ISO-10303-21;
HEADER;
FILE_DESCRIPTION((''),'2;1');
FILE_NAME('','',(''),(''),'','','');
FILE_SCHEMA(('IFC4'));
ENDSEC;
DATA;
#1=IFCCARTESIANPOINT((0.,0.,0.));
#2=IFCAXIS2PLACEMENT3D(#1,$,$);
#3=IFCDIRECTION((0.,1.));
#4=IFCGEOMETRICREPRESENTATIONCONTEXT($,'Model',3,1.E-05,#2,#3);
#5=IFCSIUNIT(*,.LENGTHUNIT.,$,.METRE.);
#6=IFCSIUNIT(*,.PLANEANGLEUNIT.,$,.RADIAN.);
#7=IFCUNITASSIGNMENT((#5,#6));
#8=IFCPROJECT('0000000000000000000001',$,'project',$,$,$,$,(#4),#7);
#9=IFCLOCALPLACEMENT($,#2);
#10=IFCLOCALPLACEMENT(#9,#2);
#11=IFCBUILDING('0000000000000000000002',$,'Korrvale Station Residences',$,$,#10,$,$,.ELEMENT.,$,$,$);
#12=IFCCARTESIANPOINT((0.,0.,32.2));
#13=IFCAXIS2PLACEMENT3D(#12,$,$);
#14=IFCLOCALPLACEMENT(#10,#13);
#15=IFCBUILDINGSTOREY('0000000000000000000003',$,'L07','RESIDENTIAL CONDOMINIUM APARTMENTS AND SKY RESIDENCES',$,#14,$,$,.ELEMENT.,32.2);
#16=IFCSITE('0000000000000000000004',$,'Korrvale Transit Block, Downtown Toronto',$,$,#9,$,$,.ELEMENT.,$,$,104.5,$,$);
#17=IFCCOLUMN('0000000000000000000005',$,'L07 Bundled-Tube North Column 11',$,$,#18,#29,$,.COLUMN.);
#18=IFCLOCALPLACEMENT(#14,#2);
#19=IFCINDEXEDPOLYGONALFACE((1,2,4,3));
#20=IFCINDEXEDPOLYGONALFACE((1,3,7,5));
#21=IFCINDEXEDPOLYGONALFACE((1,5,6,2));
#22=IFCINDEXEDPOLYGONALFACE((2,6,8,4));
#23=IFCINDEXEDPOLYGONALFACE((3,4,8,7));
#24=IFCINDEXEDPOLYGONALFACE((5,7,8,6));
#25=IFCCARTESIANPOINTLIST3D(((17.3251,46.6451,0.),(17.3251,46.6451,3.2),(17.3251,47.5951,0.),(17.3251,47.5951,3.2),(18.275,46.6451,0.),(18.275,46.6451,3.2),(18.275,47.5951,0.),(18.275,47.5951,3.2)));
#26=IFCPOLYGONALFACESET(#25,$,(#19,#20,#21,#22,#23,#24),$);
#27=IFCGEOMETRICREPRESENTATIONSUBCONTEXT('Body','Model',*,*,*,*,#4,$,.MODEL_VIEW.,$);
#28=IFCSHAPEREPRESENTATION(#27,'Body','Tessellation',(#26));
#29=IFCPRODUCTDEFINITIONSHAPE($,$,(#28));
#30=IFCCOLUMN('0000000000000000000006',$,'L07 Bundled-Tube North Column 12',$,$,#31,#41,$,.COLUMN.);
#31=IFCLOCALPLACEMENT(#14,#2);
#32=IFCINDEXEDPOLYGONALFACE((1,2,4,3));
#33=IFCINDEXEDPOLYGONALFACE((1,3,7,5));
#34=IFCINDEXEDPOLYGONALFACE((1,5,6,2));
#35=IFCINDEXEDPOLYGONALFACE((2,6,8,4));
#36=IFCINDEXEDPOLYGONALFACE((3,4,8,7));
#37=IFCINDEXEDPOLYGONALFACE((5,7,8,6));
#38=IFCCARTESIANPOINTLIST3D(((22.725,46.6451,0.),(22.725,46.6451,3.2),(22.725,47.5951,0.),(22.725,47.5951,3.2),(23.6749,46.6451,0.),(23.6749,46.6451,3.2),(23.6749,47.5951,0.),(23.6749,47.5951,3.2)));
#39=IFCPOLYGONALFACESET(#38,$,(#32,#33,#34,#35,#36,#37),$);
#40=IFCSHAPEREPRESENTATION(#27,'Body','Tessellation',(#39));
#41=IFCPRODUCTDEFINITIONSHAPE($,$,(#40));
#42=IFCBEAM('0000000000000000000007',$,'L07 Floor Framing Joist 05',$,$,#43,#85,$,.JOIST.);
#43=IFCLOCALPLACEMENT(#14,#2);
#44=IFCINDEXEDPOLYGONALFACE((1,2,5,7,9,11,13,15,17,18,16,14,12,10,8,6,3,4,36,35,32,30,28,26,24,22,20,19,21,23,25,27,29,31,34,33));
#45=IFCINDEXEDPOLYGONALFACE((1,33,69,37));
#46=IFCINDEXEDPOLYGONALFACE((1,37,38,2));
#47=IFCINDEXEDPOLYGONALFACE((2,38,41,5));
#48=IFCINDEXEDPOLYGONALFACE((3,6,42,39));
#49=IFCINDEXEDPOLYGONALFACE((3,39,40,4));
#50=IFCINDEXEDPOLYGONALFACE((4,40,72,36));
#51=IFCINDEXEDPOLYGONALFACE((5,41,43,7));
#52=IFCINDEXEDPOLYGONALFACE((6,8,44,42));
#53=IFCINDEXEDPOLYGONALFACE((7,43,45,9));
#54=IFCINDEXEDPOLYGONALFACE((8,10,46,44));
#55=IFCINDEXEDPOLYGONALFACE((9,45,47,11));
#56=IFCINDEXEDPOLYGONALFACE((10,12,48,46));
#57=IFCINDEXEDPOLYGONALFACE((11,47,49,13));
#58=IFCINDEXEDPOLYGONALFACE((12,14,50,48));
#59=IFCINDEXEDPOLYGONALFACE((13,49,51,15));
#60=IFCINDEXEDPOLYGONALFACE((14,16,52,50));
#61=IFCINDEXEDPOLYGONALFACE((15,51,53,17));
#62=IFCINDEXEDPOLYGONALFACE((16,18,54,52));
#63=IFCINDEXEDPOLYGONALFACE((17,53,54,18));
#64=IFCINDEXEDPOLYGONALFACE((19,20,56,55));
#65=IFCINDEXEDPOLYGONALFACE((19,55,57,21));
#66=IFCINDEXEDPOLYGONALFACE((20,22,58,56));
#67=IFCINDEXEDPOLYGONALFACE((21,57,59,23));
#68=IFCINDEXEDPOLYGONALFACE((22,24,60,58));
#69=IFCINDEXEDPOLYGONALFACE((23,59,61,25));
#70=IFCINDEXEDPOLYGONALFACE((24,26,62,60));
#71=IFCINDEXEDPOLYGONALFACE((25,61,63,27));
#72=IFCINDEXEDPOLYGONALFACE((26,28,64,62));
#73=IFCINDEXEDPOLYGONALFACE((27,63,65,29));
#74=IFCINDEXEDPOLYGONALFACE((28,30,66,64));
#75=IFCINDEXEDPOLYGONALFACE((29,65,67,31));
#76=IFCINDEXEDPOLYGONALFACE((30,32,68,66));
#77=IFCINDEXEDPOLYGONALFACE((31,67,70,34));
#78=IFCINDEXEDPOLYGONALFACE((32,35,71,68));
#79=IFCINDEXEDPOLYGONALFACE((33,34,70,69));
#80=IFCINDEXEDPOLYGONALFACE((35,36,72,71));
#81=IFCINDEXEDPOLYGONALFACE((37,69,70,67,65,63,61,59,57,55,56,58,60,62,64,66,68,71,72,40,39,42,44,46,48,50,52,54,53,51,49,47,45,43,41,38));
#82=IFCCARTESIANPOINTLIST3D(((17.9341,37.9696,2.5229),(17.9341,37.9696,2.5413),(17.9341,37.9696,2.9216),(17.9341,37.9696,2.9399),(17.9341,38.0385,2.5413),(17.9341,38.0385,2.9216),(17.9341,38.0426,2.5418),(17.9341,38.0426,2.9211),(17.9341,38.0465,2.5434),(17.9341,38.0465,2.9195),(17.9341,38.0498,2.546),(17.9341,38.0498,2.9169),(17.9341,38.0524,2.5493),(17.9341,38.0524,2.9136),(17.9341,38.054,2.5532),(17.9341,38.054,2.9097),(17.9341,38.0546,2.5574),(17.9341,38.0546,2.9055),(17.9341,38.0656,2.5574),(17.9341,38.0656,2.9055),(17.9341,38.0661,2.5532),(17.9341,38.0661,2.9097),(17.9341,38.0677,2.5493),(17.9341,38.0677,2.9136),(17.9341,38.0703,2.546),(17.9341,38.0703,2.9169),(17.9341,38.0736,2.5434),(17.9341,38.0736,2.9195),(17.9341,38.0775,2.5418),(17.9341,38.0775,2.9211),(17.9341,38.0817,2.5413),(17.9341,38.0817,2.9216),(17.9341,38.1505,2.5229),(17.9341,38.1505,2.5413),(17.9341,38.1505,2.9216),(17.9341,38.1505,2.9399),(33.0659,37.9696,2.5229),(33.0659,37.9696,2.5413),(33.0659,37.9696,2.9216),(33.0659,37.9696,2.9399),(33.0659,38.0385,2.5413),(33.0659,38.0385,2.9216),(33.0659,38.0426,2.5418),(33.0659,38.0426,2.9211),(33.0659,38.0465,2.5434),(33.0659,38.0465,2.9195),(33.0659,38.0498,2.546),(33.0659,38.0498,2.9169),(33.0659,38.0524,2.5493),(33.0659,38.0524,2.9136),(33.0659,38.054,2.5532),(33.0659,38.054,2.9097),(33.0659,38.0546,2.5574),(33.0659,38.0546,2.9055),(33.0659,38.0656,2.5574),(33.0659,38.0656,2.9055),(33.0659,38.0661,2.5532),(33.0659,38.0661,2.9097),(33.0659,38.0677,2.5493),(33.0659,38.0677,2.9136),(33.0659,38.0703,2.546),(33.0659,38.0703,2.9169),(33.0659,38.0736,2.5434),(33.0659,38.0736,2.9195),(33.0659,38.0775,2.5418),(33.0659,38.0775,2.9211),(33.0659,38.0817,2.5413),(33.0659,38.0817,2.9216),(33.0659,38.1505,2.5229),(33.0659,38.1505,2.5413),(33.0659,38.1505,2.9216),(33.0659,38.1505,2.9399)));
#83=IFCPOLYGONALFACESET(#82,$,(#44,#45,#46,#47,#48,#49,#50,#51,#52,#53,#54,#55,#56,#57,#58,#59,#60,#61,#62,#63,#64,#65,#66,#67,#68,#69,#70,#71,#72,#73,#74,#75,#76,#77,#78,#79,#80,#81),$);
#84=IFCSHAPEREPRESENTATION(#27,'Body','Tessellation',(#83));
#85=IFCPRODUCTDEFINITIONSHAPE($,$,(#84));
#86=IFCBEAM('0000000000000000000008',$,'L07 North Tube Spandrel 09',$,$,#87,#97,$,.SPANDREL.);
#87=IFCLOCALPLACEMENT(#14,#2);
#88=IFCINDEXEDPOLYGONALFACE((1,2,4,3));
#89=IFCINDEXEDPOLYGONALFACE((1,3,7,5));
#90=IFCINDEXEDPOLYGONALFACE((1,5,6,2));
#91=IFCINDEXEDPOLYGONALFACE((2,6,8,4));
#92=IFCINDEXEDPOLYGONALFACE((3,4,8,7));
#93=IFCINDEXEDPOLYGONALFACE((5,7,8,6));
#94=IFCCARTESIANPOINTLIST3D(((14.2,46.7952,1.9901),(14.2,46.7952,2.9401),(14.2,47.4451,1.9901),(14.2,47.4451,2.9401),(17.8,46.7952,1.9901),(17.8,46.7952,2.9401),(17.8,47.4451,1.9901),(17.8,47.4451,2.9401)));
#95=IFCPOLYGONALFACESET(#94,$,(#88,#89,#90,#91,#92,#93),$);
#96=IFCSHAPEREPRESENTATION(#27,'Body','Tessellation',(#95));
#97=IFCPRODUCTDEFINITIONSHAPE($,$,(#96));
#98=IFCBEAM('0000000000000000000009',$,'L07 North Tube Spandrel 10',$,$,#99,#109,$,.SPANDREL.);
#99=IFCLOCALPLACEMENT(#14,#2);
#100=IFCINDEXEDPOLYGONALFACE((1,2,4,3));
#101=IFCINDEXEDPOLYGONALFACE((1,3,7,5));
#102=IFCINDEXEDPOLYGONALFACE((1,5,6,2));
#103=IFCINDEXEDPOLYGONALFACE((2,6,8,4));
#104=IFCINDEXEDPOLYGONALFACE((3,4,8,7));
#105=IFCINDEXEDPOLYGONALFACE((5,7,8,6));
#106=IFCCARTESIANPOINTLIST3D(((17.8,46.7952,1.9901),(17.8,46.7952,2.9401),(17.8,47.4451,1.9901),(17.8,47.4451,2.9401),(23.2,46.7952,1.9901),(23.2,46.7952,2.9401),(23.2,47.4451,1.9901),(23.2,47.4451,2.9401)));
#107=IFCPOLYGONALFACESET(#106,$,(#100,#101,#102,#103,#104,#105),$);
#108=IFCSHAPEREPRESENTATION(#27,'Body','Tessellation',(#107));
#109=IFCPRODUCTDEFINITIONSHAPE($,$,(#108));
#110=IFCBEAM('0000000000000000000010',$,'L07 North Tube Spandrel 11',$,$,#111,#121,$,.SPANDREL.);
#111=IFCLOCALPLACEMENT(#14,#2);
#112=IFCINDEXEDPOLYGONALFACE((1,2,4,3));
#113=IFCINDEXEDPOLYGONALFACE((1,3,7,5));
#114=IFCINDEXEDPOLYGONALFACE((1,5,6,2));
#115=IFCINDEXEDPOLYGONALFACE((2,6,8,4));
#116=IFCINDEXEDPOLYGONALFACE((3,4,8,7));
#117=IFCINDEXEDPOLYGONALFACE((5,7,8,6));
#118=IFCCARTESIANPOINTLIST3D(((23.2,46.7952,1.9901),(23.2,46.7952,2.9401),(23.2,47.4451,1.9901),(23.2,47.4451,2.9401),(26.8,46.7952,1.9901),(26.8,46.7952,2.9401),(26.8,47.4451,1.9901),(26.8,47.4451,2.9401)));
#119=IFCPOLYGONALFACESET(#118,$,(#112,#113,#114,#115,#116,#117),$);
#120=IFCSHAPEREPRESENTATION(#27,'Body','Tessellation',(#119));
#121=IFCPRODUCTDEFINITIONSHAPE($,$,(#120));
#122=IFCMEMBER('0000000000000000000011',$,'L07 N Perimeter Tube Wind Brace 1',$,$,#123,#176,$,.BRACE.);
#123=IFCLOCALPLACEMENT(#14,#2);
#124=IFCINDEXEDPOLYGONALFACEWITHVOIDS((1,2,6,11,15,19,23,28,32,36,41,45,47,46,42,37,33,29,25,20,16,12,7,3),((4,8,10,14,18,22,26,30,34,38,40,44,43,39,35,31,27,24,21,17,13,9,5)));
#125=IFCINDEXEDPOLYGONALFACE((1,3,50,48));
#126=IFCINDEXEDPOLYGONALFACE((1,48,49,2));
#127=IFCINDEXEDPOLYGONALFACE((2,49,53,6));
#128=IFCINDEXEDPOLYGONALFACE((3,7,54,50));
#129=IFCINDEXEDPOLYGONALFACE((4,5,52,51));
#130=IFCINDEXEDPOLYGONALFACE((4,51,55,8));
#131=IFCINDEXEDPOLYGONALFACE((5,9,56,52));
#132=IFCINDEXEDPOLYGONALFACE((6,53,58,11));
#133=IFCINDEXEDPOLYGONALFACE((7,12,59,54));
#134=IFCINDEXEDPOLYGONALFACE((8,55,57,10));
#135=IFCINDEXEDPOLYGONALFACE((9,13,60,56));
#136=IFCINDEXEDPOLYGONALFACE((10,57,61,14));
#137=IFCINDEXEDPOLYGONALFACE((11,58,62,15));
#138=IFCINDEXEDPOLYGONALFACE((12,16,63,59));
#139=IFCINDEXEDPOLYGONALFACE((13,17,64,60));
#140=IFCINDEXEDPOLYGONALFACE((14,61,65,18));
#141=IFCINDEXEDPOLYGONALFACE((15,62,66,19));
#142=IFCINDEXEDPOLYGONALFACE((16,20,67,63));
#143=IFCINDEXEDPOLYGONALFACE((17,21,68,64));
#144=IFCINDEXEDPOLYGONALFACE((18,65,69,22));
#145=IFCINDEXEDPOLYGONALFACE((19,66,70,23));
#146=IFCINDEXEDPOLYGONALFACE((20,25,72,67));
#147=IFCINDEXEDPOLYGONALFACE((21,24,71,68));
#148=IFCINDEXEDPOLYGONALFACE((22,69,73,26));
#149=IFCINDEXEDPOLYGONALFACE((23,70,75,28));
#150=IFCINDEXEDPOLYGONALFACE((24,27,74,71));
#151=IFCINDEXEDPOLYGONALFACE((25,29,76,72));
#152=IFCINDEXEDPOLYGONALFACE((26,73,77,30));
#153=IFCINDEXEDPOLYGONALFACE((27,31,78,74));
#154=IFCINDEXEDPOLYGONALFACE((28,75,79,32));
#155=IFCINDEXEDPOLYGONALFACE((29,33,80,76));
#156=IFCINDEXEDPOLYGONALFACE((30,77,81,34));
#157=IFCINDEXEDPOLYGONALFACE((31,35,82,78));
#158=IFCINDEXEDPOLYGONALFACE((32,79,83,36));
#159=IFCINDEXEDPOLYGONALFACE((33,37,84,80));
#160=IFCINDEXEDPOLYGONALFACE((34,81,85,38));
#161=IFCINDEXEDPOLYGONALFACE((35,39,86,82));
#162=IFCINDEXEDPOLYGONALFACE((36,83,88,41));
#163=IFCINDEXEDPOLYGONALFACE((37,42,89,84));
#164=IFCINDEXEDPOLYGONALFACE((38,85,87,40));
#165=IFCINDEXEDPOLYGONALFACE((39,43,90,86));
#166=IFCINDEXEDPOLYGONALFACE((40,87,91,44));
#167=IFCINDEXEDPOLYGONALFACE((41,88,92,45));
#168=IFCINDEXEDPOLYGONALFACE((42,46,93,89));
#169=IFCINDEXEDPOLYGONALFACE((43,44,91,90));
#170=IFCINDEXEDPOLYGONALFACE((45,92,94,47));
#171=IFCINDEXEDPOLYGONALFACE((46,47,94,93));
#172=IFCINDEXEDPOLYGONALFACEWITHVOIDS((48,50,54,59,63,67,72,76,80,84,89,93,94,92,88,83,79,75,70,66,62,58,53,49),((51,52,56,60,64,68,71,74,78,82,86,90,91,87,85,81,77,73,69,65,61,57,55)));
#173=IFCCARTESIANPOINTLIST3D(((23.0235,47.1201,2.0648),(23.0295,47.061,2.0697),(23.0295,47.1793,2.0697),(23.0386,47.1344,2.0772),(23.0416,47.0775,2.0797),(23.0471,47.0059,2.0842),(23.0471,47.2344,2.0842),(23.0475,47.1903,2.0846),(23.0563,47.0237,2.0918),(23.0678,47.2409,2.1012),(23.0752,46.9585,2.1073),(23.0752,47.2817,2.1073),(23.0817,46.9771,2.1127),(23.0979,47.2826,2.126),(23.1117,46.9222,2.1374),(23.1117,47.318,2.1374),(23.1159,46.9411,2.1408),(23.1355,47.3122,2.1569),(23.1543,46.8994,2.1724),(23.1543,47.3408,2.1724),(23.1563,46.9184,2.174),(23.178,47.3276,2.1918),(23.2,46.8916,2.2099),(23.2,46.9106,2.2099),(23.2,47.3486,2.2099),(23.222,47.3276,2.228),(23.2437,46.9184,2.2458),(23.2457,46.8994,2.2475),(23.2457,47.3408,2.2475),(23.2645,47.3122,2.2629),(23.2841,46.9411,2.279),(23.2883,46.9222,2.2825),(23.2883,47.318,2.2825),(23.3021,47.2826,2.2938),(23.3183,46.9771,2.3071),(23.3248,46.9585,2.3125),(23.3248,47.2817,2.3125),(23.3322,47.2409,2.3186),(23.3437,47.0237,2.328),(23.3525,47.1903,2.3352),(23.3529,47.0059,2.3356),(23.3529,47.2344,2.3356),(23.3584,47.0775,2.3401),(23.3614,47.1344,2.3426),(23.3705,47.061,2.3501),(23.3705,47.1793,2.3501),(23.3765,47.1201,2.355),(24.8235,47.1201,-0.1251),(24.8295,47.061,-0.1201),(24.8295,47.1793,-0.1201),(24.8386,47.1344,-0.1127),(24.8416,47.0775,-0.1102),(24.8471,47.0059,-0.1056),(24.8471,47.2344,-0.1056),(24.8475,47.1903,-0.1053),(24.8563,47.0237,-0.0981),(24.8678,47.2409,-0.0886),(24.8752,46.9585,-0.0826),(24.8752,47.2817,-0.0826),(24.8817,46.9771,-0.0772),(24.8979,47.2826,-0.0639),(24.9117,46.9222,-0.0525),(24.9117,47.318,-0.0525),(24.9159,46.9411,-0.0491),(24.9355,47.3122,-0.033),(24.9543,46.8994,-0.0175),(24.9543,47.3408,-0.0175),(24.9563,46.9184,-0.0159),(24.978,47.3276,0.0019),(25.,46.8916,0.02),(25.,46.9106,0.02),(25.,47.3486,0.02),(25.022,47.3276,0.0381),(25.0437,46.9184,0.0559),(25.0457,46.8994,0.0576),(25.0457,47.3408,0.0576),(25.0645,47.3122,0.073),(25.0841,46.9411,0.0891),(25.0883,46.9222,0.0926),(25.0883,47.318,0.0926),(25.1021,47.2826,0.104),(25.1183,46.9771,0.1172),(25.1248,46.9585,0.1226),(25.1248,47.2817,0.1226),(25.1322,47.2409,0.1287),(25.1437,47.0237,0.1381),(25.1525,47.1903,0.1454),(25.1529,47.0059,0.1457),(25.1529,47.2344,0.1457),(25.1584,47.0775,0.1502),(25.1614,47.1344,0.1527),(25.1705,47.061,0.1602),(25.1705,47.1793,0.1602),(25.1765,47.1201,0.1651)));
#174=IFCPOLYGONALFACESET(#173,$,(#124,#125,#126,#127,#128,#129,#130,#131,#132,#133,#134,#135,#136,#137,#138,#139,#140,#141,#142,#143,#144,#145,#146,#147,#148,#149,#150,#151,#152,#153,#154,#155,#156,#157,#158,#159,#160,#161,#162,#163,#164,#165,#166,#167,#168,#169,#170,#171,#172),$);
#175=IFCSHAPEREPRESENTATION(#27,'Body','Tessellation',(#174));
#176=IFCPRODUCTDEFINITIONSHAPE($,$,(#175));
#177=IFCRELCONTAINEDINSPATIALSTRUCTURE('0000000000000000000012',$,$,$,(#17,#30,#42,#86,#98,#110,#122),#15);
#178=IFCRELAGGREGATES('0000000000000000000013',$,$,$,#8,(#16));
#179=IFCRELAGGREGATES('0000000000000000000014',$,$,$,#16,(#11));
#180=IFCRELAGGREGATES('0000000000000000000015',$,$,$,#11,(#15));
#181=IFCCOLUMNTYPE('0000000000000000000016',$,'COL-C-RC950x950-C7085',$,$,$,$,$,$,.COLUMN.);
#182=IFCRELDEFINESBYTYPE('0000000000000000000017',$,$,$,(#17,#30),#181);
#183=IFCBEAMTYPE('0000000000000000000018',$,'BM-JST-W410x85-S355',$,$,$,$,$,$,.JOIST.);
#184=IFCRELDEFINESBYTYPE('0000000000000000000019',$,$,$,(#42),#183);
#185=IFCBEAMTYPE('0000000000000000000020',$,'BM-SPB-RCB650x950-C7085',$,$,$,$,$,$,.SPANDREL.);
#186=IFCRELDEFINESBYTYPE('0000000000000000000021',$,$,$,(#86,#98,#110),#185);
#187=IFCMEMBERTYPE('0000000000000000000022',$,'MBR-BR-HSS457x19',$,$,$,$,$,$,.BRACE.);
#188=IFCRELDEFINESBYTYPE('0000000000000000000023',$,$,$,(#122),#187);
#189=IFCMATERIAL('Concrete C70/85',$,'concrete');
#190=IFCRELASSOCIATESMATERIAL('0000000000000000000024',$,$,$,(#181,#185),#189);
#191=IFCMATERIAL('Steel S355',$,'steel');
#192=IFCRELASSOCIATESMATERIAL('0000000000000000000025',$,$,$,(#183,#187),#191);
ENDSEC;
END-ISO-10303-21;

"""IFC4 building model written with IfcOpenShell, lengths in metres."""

from ifc_helpers import new_model, si_unit, direction, frame, origin, origin_2d, place, context, subcontext, project, spatial, rectangle, hollow_circle, i_section, extrude, material, material_profile, profile_set, type_object, element, save


model = new_model("IFC4")

# Units and contexts
model_context = context("Model", 3, precision=1e-05, world=origin(), true_north=direction((0.0, 1.0)))
body_context = subcontext(model_context, "Body", "Model", "MODEL_VIEW")
ifc_project = project(units=[si_unit("LENGTHUNIT", "METRE"), si_unit("PLANEANGLEUNIT", "RADIAN")], contexts=[model_context])

# Site, building, storey
site_placement = place(None, origin())
site = spatial("IfcSite", under=ifc_project, at=site_placement, Name="Korrvale Transit Block, Downtown Toronto", CompositionType="ELEMENT", RefElevation=104.5)
building_placement = place(site_placement, origin())
building = spatial("IfcBuilding", under=site, at=building_placement, Name="Korrvale Station Residences", CompositionType="ELEMENT")
storey_placement = place(building_placement, frame((0.0, 0.0, 32.2)))
storey = spatial("IfcBuildingStorey", under=building, at=storey_placement, Name="L07", Description="RESIDENTIAL CONDOMINIUM APARTMENTS AND SKY RESIDENCES", CompositionType="ELEMENT", Elevation=32.2)

# Columns
ifc_material_1 = material(Name="Concrete C70/85", Category="concrete")
ifc_material_profile_1 = material_profile(ifc_material_1, rectangle(XDim=0.95, YDim=0.95, at=origin_2d()), Name="RC950x950")
ifc_profile_set_1 = profile_set([ifc_material_profile_1], Name="Concrete C70/85")
column_type = type_object("IfcColumnType", Name="COL-C-RC950x950-C7085", PredefinedType="COLUMN", material=ifc_profile_set_1)
for number, where, z_axis, x_axis, name in (
    (1, (17.8, 47.1201, 0.0), (0.0, 0.0, 1.0), (1.0, 0.0, 0.0), "L07 Bundled-Tube North Column 11"),
    (2, (23.2, 47.1201, 0.0), (0.0, 0.0, 1.0), (1.0, 0.0, 0.0), "L07 Bundled-Tube North Column 12"),
):
    element("IfcColumn", number, at=place(storey_placement, frame(where, z_axis=z_axis, x_axis=x_axis)), inside=storey, type_object=column_type, Name=name, PredefinedType="COLUMN", context=body_context, shape_type="SweptSolid", body=[
        extrude(rectangle(XDim=0.95, YDim=0.95, at=origin_2d()), origin(), (0.0, 0.0, 1.0), 3.2),
    ])

# Beams
ifc_material_2 = material(Name="Steel S355", Category="steel")
ifc_material_profile_2 = material_profile(ifc_material_2, i_section(OverallWidth=0.1809, OverallDepth=0.417, WebThickness=0.011, FlangeThickness=0.0183, FilletRadius=0.0161, at=origin_2d()), Name="W410x85")
ifc_profile_set_2 = profile_set([ifc_material_profile_2], Name="Steel S355")
beam_type_1 = type_object("IfcBeamType", Name="BM-JST-W410x85-S355", PredefinedType="JOIST", material=ifc_profile_set_2)
beam_1_placement = place(storey_placement, frame((17.9341, 38.0601, 2.7314), z_axis=(1.0, 0.0, 0.0), x_axis=(0.0, 1.0, 0.0)))
element("IfcBeam", 3, at=beam_1_placement, inside=storey, type_object=beam_type_1, Name="L07 Floor Framing Joist 05", PredefinedType="JOIST", context=body_context, shape_type="SweptSolid", body=[
    extrude(i_section(OverallWidth=0.1809, OverallDepth=0.417, WebThickness=0.011, FlangeThickness=0.0183, FilletRadius=0.0161, at=origin_2d()), origin(), (0.0, 0.0, 1.0), 15.1318),
])
ifc_material_profile_3 = material_profile(ifc_material_1, rectangle(XDim=0.6499, YDim=0.95, at=origin_2d()), Name="RCB650x950")
ifc_profile_set_3 = profile_set([ifc_material_profile_3], Name="Concrete C70/85")
beam_type_2 = type_object("IfcBeamType", Name="BM-SPB-RCB650x950-C7085", PredefinedType="SPANDREL", material=ifc_profile_set_3)
beam_2_placement = place(storey_placement, frame((14.2, 47.1201, 2.4651), z_axis=(1.0, 0.0, 0.0), x_axis=(0.0, 1.0, 0.0)))
element("IfcBeam", 4, at=beam_2_placement, inside=storey, type_object=beam_type_2, Name="L07 North Tube Spandrel 09", PredefinedType="SPANDREL", context=body_context, shape_type="SweptSolid", body=[
    extrude(rectangle(XDim=0.6499, YDim=0.95, at=origin_2d()), origin(), (0.0, 0.0, 1.0), 3.6001),
])
beam_3_placement = place(storey_placement, frame((17.8, 47.1201, 2.4651), z_axis=(1.0, 0.0, 0.0), x_axis=(0.0, 1.0, 0.0)))
element("IfcBeam", 5, at=beam_3_placement, inside=storey, type_object=beam_type_2, Name="L07 North Tube Spandrel 10", PredefinedType="SPANDREL", context=body_context, shape_type="SweptSolid", body=[
    extrude(rectangle(XDim=0.6499, YDim=0.95, at=origin_2d()), origin(), (0.0, 0.0, 1.0), 5.3999),
])
beam_4_placement = place(storey_placement, frame((23.2, 47.1201, 2.4651), z_axis=(1.0, 0.0, 0.0), x_axis=(0.0, 1.0, 0.0)))
element("IfcBeam", 6, at=beam_4_placement, inside=storey, type_object=beam_type_2, Name="L07 North Tube Spandrel 11", PredefinedType="SPANDREL", context=body_context, shape_type="SweptSolid", body=[
    extrude(rectangle(XDim=0.6499, YDim=0.95, at=origin_2d()), origin(), (0.0, 0.0, 1.0), 3.6001),
])

# Member
ifc_material_profile_4 = material_profile(ifc_material_2, hollow_circle(Radius=0.2285, WallThickness=0.019, at=origin_2d()), Name="HSS457x19")
ifc_profile_set_4 = profile_set([ifc_material_profile_4], Name="Steel S355")
member_type = type_object("IfcMemberType", Name="MBR-BR-HSS457x19", PredefinedType="BRACE", material=ifc_profile_set_4)
for number, where, z_axis, x_axis, name in (
    (7, (25.0, 47.1201, 0.02), (-0.634985, 0.0, 0.772524), (0.0, -1.0, 0.0), "L07 N Perimeter Tube Wind Brace 1"),
):
    element("IfcMember", number, at=place(storey_placement, frame(where, z_axis=z_axis, x_axis=x_axis)), inside=storey, type_object=member_type, Name=name, PredefinedType="BRACE", context=body_context, shape_type="SweptSolid", body=[
        extrude(hollow_circle(Radius=0.2285, WallThickness=0.019, at=origin_2d()), origin(), (0.0, 0.0, 1.0), 2.8347),
    ])

save(model, "model.ifc")
